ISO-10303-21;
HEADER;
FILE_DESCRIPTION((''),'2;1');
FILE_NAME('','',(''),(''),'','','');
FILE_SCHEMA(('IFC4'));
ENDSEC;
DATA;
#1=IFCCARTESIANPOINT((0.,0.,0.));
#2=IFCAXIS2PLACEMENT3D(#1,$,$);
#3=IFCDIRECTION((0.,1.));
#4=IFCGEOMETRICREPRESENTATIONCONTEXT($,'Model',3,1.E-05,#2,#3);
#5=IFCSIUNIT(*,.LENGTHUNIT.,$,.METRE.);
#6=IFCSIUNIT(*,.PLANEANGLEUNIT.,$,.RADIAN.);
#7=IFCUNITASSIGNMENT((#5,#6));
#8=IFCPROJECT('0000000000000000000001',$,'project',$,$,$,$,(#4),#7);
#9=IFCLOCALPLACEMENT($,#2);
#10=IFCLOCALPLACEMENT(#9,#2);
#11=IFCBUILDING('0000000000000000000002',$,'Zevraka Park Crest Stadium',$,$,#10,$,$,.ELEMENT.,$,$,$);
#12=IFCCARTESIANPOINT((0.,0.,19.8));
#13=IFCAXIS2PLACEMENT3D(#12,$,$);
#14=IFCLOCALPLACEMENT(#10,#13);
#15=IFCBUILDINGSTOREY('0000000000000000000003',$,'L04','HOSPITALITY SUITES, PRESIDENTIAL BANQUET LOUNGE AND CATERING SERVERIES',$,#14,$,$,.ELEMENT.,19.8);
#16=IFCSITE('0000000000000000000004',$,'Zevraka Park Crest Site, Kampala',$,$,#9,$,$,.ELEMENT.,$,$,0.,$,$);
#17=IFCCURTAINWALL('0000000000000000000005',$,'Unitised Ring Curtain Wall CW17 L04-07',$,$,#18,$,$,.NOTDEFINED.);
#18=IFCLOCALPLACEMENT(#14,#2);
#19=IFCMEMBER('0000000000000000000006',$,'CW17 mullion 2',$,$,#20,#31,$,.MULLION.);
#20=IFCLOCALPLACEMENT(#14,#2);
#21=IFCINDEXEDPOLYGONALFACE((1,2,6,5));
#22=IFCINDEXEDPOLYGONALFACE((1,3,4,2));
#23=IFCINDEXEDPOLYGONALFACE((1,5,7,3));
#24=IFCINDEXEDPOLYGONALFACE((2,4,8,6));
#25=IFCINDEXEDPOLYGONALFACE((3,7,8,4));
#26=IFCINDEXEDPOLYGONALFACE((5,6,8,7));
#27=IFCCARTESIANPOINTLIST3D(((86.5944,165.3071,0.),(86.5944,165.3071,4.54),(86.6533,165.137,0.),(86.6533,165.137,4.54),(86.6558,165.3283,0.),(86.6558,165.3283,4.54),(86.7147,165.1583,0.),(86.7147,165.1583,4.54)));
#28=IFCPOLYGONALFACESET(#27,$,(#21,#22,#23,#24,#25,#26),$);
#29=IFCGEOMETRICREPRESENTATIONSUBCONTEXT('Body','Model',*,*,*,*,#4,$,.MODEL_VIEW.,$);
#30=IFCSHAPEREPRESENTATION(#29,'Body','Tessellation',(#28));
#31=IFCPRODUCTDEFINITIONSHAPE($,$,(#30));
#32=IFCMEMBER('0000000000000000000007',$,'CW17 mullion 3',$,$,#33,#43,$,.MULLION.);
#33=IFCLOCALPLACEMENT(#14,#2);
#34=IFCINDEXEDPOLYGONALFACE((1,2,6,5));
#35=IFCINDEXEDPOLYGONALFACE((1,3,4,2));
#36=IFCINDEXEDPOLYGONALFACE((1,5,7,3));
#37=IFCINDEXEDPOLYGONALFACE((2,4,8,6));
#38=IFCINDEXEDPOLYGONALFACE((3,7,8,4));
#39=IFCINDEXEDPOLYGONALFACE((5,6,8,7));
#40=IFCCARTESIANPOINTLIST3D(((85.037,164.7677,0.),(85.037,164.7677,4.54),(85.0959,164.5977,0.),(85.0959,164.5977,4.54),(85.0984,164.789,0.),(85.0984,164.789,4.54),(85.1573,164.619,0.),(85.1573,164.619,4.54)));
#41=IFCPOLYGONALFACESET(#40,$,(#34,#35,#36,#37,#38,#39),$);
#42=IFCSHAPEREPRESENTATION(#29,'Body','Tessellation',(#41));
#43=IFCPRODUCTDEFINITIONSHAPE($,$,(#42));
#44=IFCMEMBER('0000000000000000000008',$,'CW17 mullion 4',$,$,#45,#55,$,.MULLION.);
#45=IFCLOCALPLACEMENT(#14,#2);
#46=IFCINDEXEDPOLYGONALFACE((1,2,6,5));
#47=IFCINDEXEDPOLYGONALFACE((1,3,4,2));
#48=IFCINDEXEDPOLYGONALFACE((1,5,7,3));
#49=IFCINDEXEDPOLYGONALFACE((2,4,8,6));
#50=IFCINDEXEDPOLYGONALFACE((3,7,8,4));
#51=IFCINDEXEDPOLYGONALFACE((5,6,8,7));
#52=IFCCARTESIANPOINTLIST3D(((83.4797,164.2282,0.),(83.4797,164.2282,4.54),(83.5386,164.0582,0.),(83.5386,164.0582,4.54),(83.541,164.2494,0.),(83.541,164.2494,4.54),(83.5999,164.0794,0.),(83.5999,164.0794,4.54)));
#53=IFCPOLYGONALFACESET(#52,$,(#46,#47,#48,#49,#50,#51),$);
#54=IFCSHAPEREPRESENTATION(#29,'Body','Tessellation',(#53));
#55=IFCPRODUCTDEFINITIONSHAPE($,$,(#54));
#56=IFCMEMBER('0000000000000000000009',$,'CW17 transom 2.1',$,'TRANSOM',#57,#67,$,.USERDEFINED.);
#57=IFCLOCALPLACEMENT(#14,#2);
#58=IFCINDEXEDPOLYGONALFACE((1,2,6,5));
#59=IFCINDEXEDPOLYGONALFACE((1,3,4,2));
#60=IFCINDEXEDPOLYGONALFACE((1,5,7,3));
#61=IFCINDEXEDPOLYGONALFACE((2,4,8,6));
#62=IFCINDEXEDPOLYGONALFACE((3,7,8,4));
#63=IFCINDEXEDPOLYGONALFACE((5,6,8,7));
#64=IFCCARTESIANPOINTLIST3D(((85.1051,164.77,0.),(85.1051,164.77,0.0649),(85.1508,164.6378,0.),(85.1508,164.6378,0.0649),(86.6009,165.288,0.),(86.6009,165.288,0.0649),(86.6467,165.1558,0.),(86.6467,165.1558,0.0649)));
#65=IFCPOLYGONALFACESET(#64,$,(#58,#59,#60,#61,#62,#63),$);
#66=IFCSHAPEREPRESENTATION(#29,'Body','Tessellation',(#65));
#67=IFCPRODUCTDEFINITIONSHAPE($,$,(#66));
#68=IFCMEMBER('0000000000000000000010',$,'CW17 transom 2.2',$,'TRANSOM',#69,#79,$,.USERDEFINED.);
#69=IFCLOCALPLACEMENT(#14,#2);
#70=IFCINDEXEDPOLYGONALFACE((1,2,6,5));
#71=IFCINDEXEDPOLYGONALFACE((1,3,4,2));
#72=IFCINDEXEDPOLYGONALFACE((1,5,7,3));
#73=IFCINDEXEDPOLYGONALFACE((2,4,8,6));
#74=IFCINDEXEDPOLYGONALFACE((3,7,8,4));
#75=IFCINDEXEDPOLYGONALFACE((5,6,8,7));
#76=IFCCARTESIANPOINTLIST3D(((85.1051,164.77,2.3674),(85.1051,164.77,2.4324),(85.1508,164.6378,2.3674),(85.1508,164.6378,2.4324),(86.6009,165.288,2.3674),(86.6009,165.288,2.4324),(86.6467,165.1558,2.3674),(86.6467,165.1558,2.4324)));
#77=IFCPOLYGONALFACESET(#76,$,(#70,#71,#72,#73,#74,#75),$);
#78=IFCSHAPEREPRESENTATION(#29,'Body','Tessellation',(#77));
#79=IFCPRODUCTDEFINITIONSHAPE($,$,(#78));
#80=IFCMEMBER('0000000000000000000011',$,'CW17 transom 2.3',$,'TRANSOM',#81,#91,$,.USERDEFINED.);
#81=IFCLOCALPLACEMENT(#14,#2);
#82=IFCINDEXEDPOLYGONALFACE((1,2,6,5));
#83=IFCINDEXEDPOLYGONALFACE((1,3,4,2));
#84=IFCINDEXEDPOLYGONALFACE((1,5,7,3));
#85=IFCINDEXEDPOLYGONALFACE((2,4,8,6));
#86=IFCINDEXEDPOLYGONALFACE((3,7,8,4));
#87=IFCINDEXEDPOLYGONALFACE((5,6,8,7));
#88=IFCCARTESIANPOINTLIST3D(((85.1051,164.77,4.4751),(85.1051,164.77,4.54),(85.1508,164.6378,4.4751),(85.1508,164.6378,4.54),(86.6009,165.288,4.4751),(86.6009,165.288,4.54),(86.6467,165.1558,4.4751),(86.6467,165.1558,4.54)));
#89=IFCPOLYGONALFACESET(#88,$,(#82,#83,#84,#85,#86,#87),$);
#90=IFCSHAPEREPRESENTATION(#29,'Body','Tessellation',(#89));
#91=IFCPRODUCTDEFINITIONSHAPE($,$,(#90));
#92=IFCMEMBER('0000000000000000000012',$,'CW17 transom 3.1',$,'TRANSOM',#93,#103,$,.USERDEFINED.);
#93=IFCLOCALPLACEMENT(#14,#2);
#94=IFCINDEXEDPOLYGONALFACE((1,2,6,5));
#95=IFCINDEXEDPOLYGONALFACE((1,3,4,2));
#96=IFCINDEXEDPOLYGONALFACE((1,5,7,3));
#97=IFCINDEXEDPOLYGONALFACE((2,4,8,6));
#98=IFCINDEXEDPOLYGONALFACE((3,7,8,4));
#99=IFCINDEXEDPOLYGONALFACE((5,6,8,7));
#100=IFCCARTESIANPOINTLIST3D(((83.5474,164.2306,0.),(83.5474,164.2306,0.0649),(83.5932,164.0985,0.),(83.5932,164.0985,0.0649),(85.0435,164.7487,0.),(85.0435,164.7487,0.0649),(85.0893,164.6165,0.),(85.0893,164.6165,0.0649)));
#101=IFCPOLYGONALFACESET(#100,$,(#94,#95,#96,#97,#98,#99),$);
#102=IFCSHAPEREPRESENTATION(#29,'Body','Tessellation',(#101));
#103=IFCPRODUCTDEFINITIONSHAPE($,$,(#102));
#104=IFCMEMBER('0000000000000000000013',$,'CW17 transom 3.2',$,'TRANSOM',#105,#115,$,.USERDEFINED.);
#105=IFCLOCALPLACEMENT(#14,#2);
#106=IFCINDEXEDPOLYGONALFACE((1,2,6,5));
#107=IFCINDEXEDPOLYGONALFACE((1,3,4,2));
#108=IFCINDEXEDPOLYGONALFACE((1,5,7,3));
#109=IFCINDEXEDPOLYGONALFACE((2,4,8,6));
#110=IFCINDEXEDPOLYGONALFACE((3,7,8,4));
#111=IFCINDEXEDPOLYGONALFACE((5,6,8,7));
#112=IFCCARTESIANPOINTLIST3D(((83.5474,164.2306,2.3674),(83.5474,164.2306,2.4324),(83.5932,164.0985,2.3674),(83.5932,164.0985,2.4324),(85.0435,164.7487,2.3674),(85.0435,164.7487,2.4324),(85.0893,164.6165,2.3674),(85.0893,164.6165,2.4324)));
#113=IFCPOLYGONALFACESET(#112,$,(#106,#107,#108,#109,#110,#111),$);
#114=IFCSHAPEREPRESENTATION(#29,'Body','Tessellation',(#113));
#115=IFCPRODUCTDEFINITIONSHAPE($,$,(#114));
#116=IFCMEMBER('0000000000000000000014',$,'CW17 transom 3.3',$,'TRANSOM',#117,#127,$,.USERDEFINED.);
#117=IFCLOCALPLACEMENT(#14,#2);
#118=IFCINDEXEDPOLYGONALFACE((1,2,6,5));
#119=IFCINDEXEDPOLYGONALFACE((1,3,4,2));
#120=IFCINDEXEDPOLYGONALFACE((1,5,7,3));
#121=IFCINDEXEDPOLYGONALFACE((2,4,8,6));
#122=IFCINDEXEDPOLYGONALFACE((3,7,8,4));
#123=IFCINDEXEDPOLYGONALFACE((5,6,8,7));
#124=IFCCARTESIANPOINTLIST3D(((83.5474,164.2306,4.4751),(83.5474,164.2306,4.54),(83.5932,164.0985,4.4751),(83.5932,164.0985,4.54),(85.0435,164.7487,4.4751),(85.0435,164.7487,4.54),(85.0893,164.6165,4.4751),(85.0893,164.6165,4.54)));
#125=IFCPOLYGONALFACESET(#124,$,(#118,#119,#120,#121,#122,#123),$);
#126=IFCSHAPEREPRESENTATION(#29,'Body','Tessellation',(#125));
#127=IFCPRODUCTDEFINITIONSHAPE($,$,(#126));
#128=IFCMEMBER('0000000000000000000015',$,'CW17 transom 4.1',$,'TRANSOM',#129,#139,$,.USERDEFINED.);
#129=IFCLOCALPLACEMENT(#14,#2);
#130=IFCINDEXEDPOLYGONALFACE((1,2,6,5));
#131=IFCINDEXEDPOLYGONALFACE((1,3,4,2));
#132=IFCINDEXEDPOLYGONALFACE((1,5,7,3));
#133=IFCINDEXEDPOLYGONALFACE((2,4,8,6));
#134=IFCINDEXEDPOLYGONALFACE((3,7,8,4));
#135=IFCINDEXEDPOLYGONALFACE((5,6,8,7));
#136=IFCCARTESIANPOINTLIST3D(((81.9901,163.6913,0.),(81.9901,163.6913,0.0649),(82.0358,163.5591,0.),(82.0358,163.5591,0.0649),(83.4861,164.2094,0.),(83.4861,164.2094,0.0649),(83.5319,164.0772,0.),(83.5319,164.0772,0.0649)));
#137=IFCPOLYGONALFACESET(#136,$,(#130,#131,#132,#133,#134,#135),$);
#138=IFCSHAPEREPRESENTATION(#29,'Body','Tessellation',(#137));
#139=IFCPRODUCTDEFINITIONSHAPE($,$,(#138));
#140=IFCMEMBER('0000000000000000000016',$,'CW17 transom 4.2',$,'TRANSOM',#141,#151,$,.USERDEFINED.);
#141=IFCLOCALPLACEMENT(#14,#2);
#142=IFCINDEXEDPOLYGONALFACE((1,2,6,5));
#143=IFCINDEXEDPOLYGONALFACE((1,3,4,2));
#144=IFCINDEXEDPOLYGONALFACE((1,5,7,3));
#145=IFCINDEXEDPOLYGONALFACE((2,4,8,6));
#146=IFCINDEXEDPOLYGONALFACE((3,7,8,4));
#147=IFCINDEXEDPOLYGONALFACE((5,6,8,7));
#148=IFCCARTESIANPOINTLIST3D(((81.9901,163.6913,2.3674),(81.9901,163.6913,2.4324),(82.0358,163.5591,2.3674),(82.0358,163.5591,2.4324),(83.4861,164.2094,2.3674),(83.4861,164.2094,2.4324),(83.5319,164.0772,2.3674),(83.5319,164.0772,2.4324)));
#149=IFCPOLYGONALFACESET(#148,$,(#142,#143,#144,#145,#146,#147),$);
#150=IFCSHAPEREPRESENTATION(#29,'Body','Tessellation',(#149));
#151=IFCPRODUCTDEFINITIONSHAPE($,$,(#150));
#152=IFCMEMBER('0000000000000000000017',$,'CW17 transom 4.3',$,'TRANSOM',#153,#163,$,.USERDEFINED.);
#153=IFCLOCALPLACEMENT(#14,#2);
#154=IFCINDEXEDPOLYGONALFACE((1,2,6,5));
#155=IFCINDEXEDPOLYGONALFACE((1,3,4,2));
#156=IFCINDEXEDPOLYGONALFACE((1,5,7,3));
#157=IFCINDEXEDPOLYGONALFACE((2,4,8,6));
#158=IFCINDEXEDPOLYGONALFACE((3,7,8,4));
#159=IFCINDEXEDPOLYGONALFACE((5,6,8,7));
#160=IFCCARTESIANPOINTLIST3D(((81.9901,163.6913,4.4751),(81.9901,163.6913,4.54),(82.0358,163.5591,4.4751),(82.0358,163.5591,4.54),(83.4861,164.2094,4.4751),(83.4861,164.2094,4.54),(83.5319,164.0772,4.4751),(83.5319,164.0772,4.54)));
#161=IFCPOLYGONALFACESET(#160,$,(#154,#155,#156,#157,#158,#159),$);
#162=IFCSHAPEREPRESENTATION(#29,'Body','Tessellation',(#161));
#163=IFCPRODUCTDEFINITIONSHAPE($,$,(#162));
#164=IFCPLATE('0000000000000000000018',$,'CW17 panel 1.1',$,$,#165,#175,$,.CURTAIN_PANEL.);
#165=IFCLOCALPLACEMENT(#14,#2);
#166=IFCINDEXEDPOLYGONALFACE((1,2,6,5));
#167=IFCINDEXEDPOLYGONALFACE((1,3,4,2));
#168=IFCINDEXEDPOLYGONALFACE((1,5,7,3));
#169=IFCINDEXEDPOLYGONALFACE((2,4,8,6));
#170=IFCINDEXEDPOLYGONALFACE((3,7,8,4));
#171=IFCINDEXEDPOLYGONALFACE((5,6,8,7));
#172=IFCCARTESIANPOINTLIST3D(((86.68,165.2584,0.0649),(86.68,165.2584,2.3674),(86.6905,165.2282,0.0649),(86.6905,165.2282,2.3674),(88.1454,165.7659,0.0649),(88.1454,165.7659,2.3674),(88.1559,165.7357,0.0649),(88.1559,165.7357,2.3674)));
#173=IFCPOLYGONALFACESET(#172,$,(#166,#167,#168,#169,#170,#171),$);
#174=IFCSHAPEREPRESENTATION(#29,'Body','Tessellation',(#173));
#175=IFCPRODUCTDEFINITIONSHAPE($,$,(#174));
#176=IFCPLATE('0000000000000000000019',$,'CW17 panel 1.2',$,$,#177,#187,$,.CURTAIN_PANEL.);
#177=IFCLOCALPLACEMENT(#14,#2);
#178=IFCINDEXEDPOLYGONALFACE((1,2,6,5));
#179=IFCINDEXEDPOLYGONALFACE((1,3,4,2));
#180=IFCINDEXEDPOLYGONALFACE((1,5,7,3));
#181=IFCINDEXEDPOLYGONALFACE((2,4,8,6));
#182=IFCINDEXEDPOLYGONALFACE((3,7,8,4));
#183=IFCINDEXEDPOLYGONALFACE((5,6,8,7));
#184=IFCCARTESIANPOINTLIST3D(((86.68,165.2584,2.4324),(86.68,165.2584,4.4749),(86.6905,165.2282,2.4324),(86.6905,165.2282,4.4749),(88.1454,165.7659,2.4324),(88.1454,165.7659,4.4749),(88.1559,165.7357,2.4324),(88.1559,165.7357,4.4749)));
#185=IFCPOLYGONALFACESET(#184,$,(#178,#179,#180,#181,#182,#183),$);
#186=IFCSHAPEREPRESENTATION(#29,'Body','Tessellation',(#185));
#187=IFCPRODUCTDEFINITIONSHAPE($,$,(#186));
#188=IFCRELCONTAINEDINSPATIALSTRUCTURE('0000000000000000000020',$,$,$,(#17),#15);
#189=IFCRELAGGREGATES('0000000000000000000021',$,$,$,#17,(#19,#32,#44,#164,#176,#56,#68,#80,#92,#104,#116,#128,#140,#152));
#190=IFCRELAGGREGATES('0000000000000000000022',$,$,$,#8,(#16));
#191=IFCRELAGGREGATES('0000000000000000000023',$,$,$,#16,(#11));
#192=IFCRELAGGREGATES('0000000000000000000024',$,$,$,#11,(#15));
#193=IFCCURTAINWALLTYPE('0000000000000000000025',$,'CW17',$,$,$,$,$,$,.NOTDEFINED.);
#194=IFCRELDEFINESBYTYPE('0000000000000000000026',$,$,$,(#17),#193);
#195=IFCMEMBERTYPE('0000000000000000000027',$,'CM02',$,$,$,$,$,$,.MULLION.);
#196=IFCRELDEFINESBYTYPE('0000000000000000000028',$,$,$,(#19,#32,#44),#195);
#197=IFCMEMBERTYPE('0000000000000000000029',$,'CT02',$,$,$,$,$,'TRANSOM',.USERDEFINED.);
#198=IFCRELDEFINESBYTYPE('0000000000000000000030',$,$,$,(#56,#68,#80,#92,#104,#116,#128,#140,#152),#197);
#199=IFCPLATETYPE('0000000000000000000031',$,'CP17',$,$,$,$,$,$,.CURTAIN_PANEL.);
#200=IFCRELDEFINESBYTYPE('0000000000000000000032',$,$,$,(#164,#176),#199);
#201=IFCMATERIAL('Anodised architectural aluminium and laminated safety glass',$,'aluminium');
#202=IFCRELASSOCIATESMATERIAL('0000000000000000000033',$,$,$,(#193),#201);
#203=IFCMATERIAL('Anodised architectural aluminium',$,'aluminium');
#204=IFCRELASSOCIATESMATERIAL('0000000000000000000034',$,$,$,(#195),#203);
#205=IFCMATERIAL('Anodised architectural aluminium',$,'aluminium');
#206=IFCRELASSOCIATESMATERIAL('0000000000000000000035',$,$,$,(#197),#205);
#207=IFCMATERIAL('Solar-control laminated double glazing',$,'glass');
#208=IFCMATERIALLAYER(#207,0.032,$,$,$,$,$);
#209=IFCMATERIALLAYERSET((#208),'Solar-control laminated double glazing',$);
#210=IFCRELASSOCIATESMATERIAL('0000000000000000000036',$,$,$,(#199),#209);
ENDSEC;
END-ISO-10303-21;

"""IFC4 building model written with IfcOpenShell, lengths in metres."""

from ifc_helpers import new_model, si_unit, direction, frame, origin, origin_2d, place, context, subcontext, project, spatial, rectangle, extrude, material, layer, layer_set, material_profile, profile_set, type_object, element, aggregate, save


model = new_model("IFC4")

# Units and contexts
model_context = context("Model", 3, precision=1e-05, world=origin(), true_north=direction((0.0, 1.0)))
body_context = subcontext(model_context, "Body", "Model", "MODEL_VIEW")
ifc_project = project(units=[si_unit("LENGTHUNIT", "METRE"), si_unit("PLANEANGLEUNIT", "RADIAN")], contexts=[model_context])

# Site, building, storey
site_placement = place(None, origin())
site = spatial("IfcSite", under=ifc_project, at=site_placement, Name="Zevraka Park Crest Site, Kampala", CompositionType="ELEMENT", RefElevation=0.0)
building_placement = place(site_placement, origin())
building = spatial("IfcBuilding", under=site, at=building_placement, Name="Zevraka Park Crest Stadium", CompositionType="ELEMENT")
storey_placement = place(building_placement, frame((0.0, 0.0, 19.8)))
storey = spatial("IfcBuildingStorey", under=building, at=storey_placement, Name="L04", Description="HOSPITALITY SUITES, PRESIDENTIAL BANQUET LOUNGE AND CATERING SERVERIES", CompositionType="ELEMENT", Elevation=19.8)

# Curtain wall, members, plates
ifc_material_1 = material(Name="Anodised architectural aluminium and laminated safety glass", Category="aluminium")
curtain_wall_type = type_object("IfcCurtainWallType", Name="CW17", PredefinedType="NOTDEFINED", material=ifc_material_1)
curtain_wall_placement = place(storey_placement, origin())
curtain_wall = element("IfcCurtainWall", 1, at=curtain_wall_placement, inside=storey, type_object=curtain_wall_type, Name="Unitised Ring Curtain Wall CW17 L04-07", PredefinedType="NOTDEFINED")
ifc_material_2 = material(Name="Anodised architectural aluminium", Category="aluminium")
ifc_material_profile_1 = material_profile(ifc_material_2, rectangle(XDim=0.1799, YDim=0.0649, at=origin_2d()), Name="ALU MULLION 180x65")
ifc_profile_set_1 = profile_set([ifc_material_profile_1], Name="Anodised architectural aluminium")
member_type_1 = type_object("IfcMemberType", Name="CM02", PredefinedType="MULLION", material=ifc_profile_set_1)
member_1_placement = place(storey_placement, frame((86.6545, 165.2327, 0.0), z_axis=(0.0, 0.0, 1.0), x_axis=(0.327245, -0.94494, 0.0)))
member_1 = element("IfcMember", 2, at=member_1_placement, type_object=member_type_1, Name="CW17 mullion 2", PredefinedType="MULLION", context=body_context, shape_type="SweptSolid", body=[
    extrude(rectangle(XDim=0.1799, YDim=0.0649, at=origin_2d()), origin(), (0.0, 0.0, 1.0), 4.54),
])
member_2_placement = place(storey_placement, frame((85.0972, 164.6934, 0.0), z_axis=(0.0, 0.0, 1.0), x_axis=(0.327245, -0.94494, 0.0)))
member_2 = element("IfcMember", 3, at=member_2_placement, type_object=member_type_1, Name="CW17 mullion 3", PredefinedType="MULLION", context=body_context, shape_type="SweptSolid", body=[
    extrude(rectangle(XDim=0.1799, YDim=0.0649, at=origin_2d()), origin(), (0.0, 0.0, 1.0), 4.54),
])
member_3_placement = place(storey_placement, frame((83.5398, 164.1538, 0.0), z_axis=(0.0, 0.0, 1.0), x_axis=(0.327245, -0.94494, 0.0)))
member_3 = element("IfcMember", 4, at=member_3_placement, type_object=member_type_1, Name="CW17 mullion 4", PredefinedType="MULLION", context=body_context, shape_type="SweptSolid", body=[
    extrude(rectangle(XDim=0.1799, YDim=0.0649, at=origin_2d()), origin(), (0.0, 0.0, 1.0), 4.54),
])
ifc_material_3 = material(Name="Anodised architectural aluminium", Category="aluminium")
ifc_material_profile_2 = material_profile(ifc_material_3, rectangle(XDim=0.1399, YDim=0.0649, at=origin_2d()), Name="ALU TRANSOM 140x65")
ifc_profile_set_2 = profile_set([ifc_material_profile_2], Name="Anodised architectural aluminium")
member_type_2 = type_object("IfcMemberType", Name="CT02", ElementType="TRANSOM", PredefinedType="USERDEFINED", material=ifc_profile_set_2)
member_4_placement = place(storey_placement, frame((86.6238, 165.2219, 0.0325), z_axis=(-0.944933, -0.327264, 0.0), x_axis=(0.327264, -0.944933, 0.0)))
member_4 = element("IfcMember", 5, at=member_4_placement, type_object=member_type_2, Name="CW17 transom 2.1", ObjectType="TRANSOM", PredefinedType="USERDEFINED", context=body_context, shape_type="SweptSolid", body=[
    extrude(rectangle(XDim=0.1399, YDim=0.0649, at=origin_2d()), origin(), (0.0, 0.0, 1.0), 1.583),
])
member_5_placement = place(storey_placement, frame((86.6238, 165.2219, 2.3999), z_axis=(-0.944933, -0.327264, 0.0), x_axis=(0.327264, -0.944933, 0.0)))
member_5 = element("IfcMember", 6, at=member_5_placement, type_object=member_type_2, Name="CW17 transom 2.2", ObjectType="TRANSOM", PredefinedType="USERDEFINED", context=body_context, shape_type="SweptSolid", body=[
    extrude(rectangle(XDim=0.1399, YDim=0.0649, at=origin_2d()), origin(), (0.0, 0.0, 1.0), 1.583),
])
member_6_placement = place(storey_placement, frame((86.6238, 165.2219, 4.5076), z_axis=(-0.944933, -0.327264, 0.0), x_axis=(0.327264, -0.944933, 0.0)))
member_6 = element("IfcMember", 7, at=member_6_placement, type_object=member_type_2, Name="CW17 transom 2.3", ObjectType="TRANSOM", PredefinedType="USERDEFINED", context=body_context, shape_type="SweptSolid", body=[
    extrude(rectangle(XDim=0.1399, YDim=0.0649, at=origin_2d()), origin(), (0.0, 0.0, 1.0), 1.583),
])
member_7_placement = place(storey_placement, frame((85.0664, 164.6826, 0.0325), z_axis=(-0.944949, -0.327216, 0.0), x_axis=(0.327216, -0.944949, 0.0)))
member_7 = element("IfcMember", 8, at=member_7_placement, type_object=member_type_2, Name="CW17 transom 3.1", ObjectType="TRANSOM", PredefinedType="USERDEFINED", context=body_context, shape_type="SweptSolid", body=[
    extrude(rectangle(XDim=0.1399, YDim=0.0649, at=origin_2d()), origin(), (0.0, 0.0, 1.0), 1.5833),
])
member_8_placement = place(storey_placement, frame((85.0664, 164.6826, 2.3999), z_axis=(-0.944949, -0.327216, 0.0), x_axis=(0.327216, -0.944949, 0.0)))
member_8 = element("IfcMember", 9, at=member_8_placement, type_object=member_type_2, Name="CW17 transom 3.2", ObjectType="TRANSOM", PredefinedType="USERDEFINED", context=body_context, shape_type="SweptSolid", body=[
    extrude(rectangle(XDim=0.1399, YDim=0.0649, at=origin_2d()), origin(), (0.0, 0.0, 1.0), 1.5833),
])
member_9_placement = place(storey_placement, frame((85.0664, 164.6826, 4.5076), z_axis=(-0.944949, -0.327216, 0.0), x_axis=(0.327216, -0.944949, 0.0)))
member_9 = element("IfcMember", 10, at=member_9_placement, type_object=member_type_2, Name="CW17 transom 3.3", ObjectType="TRANSOM", PredefinedType="USERDEFINED", context=body_context, shape_type="SweptSolid", body=[
    extrude(rectangle(XDim=0.1399, YDim=0.0649, at=origin_2d()), origin(), (0.0, 0.0, 1.0), 1.5833),
])
member_10_placement = place(storey_placement, frame((83.509, 164.1433, 0.0325), z_axis=(-0.944949, -0.327216, 0.0), x_axis=(0.327216, -0.944949, 0.0)))
member_10 = element("IfcMember", 11, at=member_10_placement, type_object=member_type_2, Name="CW17 transom 4.1", ObjectType="TRANSOM", PredefinedType="USERDEFINED", context=body_context, shape_type="SweptSolid", body=[
    extrude(rectangle(XDim=0.1399, YDim=0.0649, at=origin_2d()), origin(), (0.0, 0.0, 1.0), 1.5833),
])
member_11_placement = place(storey_placement, frame((83.509, 164.1433, 2.3999), z_axis=(-0.944949, -0.327216, 0.0), x_axis=(0.327216, -0.944949, 0.0)))
member_11 = element("IfcMember", 12, at=member_11_placement, type_object=member_type_2, Name="CW17 transom 4.2", ObjectType="TRANSOM", PredefinedType="USERDEFINED", context=body_context, shape_type="SweptSolid", body=[
    extrude(rectangle(XDim=0.1399, YDim=0.0649, at=origin_2d()), origin(), (0.0, 0.0, 1.0), 1.5833),
])
member_12_placement = place(storey_placement, frame((83.509, 164.1433, 4.5076), z_axis=(-0.944949, -0.327216, 0.0), x_axis=(0.327216, -0.944949, 0.0)))
member_12 = element("IfcMember", 13, at=member_12_placement, type_object=member_type_2, Name="CW17 transom 4.3", ObjectType="TRANSOM", PredefinedType="USERDEFINED", context=body_context, shape_type="SweptSolid", body=[
    extrude(rectangle(XDim=0.1399, YDim=0.0649, at=origin_2d()), origin(), (0.0, 0.0, 1.0), 1.5833),
])
ifc_material_4 = material(Name="Solar-control laminated double glazing", Category="glass")
ifc_layer_1 = layer(ifc_material_4, 0.032)
ifc_layer_set_1 = layer_set([ifc_layer_1], Name="Solar-control laminated double glazing")
plate_type = type_object("IfcPlateType", Name="CP17", PredefinedType="CURTAIN_PANEL", material=ifc_layer_set_1)
plate_1_placement = place(storey_placement, frame((87.418, 165.4971, 0.0649), z_axis=(0.0, 0.0, 1.0), x_axis=(-0.94494, -0.327245, 0.0)))
plate_1 = element("IfcPlate", 14, at=plate_1_placement, type_object=plate_type, Name="CW17 panel 1.1", PredefinedType="CURTAIN_PANEL", context=body_context, shape_type="SweptSolid", body=[
    extrude(rectangle(XDim=1.5508, YDim=0.032, at=origin_2d()), origin(), (0.0, 0.0, 1.0), 2.3025),
])
plate_2_placement = place(storey_placement, frame((87.418, 165.4971, 2.4324), z_axis=(0.0, 0.0, 1.0), x_axis=(-0.94494, -0.327245, 0.0)))
plate_2 = element("IfcPlate", 15, at=plate_2_placement, type_object=plate_type, Name="CW17 panel 1.2", PredefinedType="CURTAIN_PANEL", context=body_context, shape_type="SweptSolid", body=[
    extrude(rectangle(XDim=1.5508, YDim=0.032, at=origin_2d()), origin(), (0.0, 0.0, 1.0), 2.0425),
])
aggregate(curtain_wall, [member_1, member_2, member_3, plate_1, plate_2, member_4, member_5, member_6, member_7, member_8, member_9, member_10, member_11, member_12])

save(model, "model.ifc")
